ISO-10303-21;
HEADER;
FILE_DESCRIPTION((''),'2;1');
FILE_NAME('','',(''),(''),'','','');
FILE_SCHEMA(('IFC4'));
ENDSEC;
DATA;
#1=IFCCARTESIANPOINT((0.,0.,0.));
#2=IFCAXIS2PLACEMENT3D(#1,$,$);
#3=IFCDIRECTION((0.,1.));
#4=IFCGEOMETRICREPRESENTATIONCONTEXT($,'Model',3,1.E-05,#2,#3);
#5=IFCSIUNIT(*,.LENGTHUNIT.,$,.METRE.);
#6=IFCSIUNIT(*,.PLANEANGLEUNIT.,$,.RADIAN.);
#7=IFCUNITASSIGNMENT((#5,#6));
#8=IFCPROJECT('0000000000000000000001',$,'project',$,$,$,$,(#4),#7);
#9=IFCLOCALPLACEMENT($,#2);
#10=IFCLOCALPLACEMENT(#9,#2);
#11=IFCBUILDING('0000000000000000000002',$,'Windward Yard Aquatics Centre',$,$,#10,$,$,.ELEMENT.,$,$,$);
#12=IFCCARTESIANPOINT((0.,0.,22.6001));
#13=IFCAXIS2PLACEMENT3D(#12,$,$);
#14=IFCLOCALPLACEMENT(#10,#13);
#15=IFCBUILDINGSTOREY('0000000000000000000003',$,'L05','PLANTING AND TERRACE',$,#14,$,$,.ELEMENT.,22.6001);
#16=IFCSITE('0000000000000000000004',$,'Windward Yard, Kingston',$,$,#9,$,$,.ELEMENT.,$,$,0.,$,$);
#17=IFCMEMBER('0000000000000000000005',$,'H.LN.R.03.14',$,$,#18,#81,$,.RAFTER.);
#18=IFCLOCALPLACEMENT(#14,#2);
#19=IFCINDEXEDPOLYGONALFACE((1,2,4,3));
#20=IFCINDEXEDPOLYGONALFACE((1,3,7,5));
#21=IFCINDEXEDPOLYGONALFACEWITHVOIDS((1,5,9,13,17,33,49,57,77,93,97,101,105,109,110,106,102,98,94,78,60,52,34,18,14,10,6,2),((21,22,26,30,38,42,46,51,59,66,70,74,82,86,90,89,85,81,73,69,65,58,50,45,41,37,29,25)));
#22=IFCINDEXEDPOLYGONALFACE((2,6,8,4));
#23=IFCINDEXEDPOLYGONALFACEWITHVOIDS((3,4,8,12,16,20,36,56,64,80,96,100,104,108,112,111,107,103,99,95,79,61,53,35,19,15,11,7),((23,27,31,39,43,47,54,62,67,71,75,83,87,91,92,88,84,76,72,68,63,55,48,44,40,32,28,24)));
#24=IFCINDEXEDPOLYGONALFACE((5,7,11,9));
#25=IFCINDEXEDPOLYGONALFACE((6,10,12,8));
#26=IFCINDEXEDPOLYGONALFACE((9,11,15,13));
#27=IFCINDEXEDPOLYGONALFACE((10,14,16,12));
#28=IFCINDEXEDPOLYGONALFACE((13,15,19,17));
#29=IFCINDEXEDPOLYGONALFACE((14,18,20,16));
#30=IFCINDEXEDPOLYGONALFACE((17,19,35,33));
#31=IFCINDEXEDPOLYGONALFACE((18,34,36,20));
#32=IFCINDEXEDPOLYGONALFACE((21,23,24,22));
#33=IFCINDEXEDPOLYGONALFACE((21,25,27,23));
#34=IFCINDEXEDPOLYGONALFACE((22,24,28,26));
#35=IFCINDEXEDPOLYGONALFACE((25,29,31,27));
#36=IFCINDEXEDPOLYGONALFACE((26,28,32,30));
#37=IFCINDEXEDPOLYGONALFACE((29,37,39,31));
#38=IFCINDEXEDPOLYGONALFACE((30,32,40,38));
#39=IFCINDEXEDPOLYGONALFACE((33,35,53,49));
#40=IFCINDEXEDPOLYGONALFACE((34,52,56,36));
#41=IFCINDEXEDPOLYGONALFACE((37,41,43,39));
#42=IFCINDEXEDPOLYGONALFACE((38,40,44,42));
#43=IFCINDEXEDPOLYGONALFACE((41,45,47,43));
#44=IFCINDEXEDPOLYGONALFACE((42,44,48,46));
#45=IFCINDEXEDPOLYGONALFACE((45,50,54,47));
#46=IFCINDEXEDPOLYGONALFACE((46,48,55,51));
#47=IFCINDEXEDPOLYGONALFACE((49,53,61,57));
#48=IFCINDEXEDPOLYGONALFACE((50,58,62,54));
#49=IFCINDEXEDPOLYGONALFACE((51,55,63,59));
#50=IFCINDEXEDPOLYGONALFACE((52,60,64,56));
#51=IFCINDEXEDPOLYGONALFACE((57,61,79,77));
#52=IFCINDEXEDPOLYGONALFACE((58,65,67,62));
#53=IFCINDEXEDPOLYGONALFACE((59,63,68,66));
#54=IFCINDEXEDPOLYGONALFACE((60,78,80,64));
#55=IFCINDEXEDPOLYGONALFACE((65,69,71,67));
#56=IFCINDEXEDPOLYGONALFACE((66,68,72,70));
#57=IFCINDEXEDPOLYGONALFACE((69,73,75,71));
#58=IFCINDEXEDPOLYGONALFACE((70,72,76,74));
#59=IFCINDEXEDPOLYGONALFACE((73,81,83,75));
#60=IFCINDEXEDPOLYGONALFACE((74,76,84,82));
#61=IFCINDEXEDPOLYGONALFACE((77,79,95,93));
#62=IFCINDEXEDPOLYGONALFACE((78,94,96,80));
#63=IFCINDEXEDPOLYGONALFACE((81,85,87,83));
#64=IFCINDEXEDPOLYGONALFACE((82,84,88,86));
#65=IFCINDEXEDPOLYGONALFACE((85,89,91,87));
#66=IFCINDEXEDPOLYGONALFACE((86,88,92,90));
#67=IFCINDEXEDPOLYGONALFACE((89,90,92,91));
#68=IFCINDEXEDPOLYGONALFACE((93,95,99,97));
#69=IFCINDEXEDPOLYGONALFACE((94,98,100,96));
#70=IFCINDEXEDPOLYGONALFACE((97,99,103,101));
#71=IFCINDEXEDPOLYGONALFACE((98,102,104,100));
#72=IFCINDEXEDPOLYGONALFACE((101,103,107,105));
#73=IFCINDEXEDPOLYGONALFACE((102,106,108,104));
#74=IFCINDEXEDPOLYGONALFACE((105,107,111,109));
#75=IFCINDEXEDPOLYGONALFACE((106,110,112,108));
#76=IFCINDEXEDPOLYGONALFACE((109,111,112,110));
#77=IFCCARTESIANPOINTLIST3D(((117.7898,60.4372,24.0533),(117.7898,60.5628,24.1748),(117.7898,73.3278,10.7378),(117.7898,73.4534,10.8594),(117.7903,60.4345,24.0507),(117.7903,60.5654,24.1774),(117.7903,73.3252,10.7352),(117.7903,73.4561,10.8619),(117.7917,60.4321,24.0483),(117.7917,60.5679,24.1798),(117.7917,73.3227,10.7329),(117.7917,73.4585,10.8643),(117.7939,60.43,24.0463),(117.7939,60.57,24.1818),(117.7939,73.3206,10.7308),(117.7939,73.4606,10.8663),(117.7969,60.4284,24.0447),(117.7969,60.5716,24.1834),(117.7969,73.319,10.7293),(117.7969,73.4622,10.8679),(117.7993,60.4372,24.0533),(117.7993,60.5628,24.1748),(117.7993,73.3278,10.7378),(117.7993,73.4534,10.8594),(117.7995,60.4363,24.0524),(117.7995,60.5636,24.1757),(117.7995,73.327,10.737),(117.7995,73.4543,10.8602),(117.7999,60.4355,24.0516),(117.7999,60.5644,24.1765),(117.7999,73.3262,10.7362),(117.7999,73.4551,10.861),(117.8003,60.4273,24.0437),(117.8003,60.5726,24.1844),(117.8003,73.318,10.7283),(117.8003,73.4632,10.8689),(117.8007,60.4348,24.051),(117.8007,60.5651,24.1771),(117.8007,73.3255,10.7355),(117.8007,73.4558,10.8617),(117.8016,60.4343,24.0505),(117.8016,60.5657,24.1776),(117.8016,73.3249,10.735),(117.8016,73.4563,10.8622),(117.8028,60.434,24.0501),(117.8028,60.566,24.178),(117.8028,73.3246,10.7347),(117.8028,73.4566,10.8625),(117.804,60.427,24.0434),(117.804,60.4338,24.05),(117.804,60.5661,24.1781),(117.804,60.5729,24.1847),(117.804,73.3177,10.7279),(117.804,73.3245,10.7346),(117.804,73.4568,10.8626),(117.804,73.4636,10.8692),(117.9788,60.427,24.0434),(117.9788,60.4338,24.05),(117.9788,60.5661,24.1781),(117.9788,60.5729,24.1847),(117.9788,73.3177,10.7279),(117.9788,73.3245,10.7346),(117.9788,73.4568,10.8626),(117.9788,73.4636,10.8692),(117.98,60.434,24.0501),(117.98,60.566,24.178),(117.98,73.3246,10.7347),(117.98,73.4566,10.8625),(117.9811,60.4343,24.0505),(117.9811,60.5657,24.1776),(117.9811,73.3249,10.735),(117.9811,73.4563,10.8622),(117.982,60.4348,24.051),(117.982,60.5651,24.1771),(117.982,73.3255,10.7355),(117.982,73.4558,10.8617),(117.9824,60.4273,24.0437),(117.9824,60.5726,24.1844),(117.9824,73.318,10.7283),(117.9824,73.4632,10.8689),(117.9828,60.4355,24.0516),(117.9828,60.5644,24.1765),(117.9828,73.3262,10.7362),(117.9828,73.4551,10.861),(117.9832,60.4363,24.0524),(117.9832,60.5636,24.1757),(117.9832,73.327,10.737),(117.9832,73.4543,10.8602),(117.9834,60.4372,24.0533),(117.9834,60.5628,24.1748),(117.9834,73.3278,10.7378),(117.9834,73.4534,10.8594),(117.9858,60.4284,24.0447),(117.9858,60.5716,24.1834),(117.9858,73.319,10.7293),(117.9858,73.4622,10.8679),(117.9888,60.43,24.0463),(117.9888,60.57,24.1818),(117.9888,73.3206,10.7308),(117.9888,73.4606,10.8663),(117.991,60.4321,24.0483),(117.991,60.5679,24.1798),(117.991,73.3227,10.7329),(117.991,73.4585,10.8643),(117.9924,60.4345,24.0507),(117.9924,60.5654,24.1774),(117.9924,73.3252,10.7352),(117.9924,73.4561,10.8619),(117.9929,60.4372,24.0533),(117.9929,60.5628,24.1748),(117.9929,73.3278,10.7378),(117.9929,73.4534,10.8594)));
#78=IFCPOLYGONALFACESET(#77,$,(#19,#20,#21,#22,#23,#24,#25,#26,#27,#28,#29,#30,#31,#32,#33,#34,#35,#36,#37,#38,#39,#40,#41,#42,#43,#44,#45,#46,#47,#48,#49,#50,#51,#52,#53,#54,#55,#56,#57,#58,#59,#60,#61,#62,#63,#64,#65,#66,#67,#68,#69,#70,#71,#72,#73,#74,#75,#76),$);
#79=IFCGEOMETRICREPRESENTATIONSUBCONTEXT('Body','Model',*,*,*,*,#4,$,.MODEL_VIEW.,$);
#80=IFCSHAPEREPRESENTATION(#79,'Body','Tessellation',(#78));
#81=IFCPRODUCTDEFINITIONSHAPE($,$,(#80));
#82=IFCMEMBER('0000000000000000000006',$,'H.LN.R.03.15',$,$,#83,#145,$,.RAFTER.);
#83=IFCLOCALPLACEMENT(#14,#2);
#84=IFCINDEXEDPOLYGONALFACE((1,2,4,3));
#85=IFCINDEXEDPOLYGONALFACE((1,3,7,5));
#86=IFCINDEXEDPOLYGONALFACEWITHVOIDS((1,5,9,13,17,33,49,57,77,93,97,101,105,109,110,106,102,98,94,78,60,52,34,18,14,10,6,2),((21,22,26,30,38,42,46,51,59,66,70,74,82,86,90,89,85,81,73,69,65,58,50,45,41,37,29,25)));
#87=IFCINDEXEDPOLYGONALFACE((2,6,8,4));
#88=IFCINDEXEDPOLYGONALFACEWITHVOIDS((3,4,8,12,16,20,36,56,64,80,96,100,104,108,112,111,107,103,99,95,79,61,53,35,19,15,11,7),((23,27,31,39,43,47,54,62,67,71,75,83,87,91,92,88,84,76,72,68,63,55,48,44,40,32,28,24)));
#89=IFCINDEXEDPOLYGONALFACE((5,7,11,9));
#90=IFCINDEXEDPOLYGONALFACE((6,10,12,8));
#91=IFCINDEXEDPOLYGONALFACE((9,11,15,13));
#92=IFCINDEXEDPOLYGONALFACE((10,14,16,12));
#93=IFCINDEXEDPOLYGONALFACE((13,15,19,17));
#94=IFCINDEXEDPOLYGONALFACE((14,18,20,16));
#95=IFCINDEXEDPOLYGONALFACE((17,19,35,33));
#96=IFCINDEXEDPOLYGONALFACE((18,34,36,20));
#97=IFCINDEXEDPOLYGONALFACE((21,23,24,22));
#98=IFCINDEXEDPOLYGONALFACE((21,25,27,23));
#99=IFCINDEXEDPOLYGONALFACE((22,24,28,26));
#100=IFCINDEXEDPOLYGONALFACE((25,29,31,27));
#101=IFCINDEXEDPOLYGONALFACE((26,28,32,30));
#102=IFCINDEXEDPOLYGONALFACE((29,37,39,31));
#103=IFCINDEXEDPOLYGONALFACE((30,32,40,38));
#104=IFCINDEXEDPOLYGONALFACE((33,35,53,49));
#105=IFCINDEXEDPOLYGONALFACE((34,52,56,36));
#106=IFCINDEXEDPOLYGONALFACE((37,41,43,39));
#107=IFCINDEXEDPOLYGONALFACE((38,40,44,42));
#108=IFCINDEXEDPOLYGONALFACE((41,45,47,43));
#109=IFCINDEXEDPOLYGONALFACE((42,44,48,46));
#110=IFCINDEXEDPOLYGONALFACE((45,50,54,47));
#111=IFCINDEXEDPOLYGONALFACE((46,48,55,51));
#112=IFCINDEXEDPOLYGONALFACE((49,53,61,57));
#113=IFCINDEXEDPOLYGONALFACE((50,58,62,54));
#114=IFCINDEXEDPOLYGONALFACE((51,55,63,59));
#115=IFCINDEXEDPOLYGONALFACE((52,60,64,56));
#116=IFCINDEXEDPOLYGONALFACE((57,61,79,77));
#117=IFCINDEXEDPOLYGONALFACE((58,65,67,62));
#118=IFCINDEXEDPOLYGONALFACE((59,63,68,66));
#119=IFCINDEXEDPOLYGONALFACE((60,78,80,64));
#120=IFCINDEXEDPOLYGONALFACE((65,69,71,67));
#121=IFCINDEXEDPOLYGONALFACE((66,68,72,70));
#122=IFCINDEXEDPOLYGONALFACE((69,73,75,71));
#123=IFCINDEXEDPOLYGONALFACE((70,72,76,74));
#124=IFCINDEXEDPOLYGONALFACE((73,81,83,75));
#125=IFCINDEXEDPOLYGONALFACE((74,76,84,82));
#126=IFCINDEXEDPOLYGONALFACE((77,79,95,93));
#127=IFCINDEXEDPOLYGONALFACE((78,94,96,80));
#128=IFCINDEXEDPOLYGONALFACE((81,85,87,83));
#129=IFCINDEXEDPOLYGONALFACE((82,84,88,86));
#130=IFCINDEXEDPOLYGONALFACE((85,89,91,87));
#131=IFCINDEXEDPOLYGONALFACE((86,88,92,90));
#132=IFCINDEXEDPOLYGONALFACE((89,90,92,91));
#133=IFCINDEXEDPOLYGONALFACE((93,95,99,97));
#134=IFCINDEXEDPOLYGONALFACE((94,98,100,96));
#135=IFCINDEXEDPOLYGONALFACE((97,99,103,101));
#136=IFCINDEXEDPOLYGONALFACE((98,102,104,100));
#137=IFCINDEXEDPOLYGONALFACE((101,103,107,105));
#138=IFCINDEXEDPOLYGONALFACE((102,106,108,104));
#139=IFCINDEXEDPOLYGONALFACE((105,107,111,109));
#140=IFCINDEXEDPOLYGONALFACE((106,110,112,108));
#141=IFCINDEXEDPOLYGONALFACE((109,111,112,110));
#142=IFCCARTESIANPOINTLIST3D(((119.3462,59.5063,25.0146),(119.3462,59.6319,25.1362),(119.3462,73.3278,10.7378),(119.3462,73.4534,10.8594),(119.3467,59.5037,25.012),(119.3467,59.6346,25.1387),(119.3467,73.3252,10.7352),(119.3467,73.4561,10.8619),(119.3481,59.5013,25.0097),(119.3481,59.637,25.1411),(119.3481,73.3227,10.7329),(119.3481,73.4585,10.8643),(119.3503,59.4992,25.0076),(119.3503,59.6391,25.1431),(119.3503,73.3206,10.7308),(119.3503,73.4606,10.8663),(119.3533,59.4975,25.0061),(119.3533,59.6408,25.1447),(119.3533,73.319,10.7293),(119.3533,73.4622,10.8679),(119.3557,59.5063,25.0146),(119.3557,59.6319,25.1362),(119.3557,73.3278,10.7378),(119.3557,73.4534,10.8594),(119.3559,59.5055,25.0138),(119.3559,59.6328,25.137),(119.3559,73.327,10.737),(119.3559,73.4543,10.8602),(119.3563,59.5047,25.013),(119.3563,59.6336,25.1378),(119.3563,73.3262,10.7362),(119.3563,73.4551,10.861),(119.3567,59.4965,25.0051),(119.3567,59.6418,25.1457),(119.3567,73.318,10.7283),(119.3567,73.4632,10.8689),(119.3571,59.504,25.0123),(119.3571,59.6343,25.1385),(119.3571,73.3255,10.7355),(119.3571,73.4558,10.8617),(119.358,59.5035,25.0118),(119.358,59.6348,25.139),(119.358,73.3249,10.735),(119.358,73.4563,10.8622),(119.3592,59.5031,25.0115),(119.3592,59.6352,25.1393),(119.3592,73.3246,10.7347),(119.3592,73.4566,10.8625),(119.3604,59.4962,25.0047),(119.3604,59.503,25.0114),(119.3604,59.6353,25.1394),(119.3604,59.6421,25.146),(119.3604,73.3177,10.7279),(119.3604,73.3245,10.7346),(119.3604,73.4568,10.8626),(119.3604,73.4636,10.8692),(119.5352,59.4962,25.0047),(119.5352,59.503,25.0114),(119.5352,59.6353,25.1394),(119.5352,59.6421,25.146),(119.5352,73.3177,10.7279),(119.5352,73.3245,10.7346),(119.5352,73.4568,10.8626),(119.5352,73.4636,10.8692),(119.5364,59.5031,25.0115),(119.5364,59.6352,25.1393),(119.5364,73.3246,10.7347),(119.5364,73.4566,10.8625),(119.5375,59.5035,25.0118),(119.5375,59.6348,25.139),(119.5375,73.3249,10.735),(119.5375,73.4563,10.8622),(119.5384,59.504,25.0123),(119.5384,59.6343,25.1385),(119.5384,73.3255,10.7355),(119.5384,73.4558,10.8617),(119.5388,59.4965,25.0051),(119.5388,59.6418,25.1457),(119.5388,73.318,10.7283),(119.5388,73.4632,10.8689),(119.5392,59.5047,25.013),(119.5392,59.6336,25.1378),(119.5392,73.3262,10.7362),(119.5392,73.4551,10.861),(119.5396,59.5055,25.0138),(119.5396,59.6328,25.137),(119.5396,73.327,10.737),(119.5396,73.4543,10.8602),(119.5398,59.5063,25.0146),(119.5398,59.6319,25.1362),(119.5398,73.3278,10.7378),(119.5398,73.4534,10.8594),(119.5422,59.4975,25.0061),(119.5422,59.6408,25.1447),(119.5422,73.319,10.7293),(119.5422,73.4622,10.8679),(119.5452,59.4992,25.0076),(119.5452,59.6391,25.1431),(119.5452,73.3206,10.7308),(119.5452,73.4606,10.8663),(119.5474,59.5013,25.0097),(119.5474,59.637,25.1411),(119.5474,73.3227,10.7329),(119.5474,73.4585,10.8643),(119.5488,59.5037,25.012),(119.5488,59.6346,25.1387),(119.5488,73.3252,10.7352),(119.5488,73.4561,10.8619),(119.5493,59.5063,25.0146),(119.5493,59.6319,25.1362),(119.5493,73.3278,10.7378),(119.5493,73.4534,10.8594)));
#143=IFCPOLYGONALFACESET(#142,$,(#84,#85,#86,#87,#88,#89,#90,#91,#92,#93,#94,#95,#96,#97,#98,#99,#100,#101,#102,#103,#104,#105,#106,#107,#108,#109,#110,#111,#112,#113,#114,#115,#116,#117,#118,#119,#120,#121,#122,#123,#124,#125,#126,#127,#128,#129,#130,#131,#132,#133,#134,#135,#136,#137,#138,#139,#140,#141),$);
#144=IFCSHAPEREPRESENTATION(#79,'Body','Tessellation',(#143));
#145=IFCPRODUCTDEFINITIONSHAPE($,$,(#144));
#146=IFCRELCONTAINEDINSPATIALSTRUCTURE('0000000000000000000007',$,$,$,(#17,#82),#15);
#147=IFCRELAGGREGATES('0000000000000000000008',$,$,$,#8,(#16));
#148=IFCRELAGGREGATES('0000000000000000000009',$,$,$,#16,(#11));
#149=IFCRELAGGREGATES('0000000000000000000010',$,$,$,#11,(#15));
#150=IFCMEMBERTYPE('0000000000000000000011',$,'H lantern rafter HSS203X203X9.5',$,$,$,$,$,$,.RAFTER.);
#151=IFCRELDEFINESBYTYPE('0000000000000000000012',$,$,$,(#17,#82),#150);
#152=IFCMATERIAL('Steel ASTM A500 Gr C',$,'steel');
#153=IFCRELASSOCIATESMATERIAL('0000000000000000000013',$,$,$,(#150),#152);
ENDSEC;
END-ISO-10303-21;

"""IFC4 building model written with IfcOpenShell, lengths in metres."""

from ifc_helpers import new_model, si_unit, direction, frame, origin, origin_2d, place, context, subcontext, project, spatial, hollow_rectangle, extrude, material, material_profile, profile_set, type_object, element, save


model = new_model("IFC4")

# Units and contexts
model_context = context("Model", 3, precision=1e-05, world=origin(), true_north=direction((0.0, 1.0)))
body_context = subcontext(model_context, "Body", "Model", "MODEL_VIEW")
ifc_project = project(units=[si_unit("LENGTHUNIT", "METRE"), si_unit("PLANEANGLEUNIT", "RADIAN")], contexts=[model_context])

# Site, building, storey
site_placement = place(None, origin())
site = spatial("IfcSite", under=ifc_project, at=site_placement, Name="Windward Yard, Kingston", CompositionType="ELEMENT", RefElevation=0.0)
building_placement = place(site_placement, origin())
building = spatial("IfcBuilding", under=site, at=building_placement, Name="Windward Yard Aquatics Centre", CompositionType="ELEMENT")
storey_placement = place(building_placement, frame((0.0, 0.0, 22.6001)))
storey = spatial("IfcBuildingStorey", under=building, at=storey_placement, Name="L05", Description="PLANTING AND TERRACE", CompositionType="ELEMENT", Elevation=22.6001)

# Members
ifc_material_1 = material(Name="Steel ASTM A500 Gr C", Category="steel")
ifc_material_profile_1 = material_profile(ifc_material_1, hollow_rectangle(XDim=0.2031, YDim=0.2031, WallThickness=0.0095, InnerFilletRadius=0.0046, OuterFilletRadius=0.0142, at=origin_2d()), Name="HSS203X203X9.5")
ifc_profile_set_1 = profile_set([ifc_material_profile_1], Name="Steel ASTM A500 Gr C")
member_type_1 = type_object("IfcMemberType", Name="H lantern rafter HSS203X203X9.5", PredefinedType="RAFTER", material=ifc_profile_set_1)
member_1_placement = place(storey_placement, frame((117.8914, 73.3906, 10.7986), z_axis=(0.0, -0.695553, 0.718475), x_axis=(1.0, 0.0, 0.0)))
element("IfcMember", 1, at=member_1_placement, inside=storey, type_object=member_type_1, Name="H.LN.R.03.14", PredefinedType="RAFTER", context=body_context, shape_type="SweptSolid", body=[
    extrude(hollow_rectangle(XDim=0.2031, YDim=0.2031, WallThickness=0.0095, InnerFilletRadius=0.0046, OuterFilletRadius=0.0142, at=origin_2d()), origin(), (0.0, 0.0, 1.0), 18.533),
])
member_2_placement = place(storey_placement, frame((119.4478, 73.3906, 10.7986), z_axis=(0.0, -0.695557, 0.718471), x_axis=(1.0, 0.0, 0.0)))
element("IfcMember", 2, at=member_2_placement, inside=storey, type_object=member_type_1, Name="H.LN.R.03.15", PredefinedType="RAFTER", context=body_context, shape_type="SweptSolid", body=[
    extrude(hollow_rectangle(XDim=0.2031, YDim=0.2031, WallThickness=0.0095, InnerFilletRadius=0.0046, OuterFilletRadius=0.0142, at=origin_2d()), origin(), (0.0, 0.0, 1.0), 19.8711),
])

save(model, "model.ifc")
